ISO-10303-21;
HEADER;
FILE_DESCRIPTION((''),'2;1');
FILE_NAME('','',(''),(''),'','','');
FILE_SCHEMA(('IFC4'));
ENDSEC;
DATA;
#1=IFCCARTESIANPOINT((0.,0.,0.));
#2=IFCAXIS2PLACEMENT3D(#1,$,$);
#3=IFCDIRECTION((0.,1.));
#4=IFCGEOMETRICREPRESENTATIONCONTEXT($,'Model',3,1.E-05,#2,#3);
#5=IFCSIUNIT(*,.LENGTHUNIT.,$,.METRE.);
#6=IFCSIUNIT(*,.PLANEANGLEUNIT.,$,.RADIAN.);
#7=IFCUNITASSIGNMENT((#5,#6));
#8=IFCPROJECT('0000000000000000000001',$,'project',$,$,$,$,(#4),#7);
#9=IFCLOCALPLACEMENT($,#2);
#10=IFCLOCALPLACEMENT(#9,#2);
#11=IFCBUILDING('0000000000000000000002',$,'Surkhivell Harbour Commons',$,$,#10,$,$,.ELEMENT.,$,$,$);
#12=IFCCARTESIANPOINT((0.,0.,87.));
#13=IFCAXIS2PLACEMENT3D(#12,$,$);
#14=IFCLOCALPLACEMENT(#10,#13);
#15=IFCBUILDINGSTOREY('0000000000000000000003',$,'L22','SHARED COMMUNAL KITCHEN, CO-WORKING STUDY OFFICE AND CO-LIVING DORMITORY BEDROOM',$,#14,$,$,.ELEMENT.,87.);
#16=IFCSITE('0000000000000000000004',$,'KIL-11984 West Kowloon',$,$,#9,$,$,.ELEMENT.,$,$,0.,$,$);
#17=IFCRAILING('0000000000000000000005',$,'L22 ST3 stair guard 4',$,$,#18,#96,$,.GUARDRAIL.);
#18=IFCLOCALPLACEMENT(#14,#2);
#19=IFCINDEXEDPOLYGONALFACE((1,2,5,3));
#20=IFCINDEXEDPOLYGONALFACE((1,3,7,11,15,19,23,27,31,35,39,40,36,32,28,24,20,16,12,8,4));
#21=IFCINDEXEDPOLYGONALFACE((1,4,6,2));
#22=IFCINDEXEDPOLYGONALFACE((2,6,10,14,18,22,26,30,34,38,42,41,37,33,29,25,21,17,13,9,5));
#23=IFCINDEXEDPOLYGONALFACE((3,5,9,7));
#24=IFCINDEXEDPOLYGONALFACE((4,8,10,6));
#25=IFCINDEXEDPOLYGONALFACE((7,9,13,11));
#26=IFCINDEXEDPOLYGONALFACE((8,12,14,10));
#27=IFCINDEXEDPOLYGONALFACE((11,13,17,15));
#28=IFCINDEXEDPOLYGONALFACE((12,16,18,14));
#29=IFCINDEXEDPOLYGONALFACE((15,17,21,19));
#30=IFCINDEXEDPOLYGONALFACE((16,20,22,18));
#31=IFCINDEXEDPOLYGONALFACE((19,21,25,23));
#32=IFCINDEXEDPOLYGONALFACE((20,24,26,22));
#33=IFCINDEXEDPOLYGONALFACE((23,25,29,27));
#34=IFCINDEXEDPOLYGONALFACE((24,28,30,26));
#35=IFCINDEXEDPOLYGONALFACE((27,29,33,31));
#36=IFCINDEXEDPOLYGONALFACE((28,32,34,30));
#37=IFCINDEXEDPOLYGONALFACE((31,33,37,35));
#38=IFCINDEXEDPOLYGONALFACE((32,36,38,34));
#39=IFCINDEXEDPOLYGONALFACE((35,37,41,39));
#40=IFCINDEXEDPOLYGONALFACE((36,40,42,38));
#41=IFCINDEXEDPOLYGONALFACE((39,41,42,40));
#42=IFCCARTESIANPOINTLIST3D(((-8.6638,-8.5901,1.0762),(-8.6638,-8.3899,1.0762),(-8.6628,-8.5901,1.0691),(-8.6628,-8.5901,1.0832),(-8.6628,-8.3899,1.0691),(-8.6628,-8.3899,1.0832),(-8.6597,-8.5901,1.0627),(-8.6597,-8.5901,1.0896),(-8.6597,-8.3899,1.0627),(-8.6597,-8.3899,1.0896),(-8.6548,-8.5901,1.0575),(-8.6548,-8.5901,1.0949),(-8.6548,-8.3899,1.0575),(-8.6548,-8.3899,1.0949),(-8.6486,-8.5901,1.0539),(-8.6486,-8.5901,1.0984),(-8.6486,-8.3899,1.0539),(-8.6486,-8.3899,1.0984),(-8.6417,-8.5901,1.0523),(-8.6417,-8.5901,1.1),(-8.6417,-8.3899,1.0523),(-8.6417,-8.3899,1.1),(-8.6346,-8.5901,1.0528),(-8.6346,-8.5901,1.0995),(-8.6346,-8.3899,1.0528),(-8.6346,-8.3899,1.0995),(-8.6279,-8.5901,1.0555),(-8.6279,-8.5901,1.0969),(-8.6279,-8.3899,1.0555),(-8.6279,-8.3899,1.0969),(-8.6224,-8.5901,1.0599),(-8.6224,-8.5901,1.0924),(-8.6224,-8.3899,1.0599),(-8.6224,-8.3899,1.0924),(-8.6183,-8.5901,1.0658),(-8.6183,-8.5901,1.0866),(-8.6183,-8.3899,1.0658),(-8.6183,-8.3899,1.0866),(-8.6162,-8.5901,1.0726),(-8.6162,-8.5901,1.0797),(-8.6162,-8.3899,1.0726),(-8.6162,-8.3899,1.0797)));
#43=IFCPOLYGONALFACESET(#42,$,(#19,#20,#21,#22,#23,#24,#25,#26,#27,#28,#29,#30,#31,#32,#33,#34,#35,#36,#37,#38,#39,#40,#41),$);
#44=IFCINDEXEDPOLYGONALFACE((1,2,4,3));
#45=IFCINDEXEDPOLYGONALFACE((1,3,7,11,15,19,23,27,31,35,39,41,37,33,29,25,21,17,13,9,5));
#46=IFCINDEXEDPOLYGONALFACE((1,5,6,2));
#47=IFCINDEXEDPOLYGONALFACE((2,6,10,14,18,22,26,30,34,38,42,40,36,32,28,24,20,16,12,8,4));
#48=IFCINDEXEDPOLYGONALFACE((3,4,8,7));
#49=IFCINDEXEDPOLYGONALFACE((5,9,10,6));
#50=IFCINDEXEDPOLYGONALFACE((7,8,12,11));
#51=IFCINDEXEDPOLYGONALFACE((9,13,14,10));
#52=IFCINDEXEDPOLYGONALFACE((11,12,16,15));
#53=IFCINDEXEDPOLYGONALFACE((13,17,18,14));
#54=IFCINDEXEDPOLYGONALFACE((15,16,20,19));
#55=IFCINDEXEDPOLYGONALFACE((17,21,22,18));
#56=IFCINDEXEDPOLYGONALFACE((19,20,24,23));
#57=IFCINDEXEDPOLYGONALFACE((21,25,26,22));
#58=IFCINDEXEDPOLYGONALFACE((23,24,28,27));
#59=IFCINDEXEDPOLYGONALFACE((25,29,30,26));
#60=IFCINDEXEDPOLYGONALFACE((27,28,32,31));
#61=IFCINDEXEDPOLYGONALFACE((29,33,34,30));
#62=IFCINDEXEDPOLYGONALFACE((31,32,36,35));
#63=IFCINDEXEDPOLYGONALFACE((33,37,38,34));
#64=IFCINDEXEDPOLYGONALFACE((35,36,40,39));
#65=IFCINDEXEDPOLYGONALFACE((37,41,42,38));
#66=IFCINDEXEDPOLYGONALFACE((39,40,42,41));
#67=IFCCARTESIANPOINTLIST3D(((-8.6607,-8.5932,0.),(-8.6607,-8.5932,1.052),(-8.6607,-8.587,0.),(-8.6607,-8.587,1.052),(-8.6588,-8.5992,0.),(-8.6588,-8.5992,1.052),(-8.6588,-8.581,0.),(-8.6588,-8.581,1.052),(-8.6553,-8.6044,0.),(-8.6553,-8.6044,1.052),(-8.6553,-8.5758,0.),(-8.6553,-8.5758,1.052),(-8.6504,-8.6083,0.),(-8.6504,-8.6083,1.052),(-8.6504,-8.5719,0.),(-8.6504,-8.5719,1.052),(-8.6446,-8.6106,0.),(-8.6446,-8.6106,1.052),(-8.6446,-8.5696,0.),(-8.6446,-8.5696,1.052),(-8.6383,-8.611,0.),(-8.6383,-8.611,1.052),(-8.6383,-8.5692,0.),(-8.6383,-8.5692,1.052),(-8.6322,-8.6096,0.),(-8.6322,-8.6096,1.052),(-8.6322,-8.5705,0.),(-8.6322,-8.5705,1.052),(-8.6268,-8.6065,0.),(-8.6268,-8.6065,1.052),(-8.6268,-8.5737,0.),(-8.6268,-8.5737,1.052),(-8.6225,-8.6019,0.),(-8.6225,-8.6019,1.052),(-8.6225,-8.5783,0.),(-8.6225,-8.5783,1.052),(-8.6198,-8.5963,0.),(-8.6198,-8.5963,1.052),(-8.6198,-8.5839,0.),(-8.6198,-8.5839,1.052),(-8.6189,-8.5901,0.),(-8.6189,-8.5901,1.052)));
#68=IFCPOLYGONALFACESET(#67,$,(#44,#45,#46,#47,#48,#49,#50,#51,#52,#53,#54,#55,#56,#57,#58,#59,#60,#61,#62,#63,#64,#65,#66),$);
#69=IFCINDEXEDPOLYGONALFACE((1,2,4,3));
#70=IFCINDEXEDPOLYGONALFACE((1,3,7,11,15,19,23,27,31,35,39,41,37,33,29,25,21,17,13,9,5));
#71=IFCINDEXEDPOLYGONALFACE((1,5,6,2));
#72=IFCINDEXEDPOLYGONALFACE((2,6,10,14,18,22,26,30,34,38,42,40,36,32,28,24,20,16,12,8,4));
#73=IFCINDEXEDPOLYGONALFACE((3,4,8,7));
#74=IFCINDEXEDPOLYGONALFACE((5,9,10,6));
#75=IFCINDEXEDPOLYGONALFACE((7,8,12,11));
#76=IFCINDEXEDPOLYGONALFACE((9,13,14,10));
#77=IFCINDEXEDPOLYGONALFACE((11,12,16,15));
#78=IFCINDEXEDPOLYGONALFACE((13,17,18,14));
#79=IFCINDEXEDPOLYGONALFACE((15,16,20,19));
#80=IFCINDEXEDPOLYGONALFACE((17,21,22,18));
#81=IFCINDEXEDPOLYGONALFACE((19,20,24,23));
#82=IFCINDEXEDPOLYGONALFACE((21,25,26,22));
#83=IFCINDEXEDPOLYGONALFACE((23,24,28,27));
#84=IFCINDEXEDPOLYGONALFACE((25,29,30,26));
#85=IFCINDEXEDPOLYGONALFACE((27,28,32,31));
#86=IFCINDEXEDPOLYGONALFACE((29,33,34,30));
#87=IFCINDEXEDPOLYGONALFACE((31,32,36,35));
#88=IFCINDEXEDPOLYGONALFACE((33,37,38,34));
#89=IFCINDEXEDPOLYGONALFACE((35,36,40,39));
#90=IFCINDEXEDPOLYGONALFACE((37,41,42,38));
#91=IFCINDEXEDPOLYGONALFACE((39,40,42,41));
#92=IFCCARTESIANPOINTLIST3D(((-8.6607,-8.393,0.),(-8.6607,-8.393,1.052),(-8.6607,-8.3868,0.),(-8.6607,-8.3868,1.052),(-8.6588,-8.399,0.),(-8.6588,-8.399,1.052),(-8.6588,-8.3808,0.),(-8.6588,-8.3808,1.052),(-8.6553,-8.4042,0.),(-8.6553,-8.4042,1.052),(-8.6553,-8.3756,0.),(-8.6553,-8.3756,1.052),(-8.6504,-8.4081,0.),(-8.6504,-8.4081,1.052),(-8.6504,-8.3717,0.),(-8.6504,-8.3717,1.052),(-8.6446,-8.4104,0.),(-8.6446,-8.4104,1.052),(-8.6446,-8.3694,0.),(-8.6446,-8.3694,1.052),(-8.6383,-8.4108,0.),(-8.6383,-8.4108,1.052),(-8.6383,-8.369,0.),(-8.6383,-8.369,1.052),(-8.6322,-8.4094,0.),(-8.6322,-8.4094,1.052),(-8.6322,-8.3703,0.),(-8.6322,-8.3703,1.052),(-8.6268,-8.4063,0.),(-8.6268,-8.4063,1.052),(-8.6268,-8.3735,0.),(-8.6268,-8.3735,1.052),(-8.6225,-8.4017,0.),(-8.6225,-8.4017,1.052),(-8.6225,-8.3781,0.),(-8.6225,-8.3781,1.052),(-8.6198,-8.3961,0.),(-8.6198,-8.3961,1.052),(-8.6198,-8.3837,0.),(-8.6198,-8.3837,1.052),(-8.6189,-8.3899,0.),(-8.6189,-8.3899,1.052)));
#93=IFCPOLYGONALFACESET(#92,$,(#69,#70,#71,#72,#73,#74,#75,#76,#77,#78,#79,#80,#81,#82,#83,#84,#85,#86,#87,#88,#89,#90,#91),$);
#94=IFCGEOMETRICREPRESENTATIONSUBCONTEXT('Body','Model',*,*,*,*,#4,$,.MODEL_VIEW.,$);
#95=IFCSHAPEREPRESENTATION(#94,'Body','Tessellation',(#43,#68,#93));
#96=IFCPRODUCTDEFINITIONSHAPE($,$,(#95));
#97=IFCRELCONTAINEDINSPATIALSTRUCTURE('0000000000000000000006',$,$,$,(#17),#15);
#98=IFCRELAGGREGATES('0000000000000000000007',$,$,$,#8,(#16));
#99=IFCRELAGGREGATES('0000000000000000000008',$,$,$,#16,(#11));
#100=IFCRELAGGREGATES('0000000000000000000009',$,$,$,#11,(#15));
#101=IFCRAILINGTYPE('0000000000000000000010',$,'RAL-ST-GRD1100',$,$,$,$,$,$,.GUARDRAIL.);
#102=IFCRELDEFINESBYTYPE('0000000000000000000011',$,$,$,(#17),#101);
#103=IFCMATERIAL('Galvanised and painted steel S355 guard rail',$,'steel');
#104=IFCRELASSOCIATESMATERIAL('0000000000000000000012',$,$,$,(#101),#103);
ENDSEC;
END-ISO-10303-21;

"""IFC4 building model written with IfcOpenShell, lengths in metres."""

from ifc_helpers import new_model, si_unit, direction, frame, origin, origin_2d, place, context, subcontext, project, spatial, circle, extrude, material, type_object, element, save


model = new_model("IFC4")

# Units and contexts
model_context = context("Model", 3, precision=1e-05, world=origin(), true_north=direction((0.0, 1.0)))
body_context = subcontext(model_context, "Body", "Model", "MODEL_VIEW")
ifc_project = project(units=[si_unit("LENGTHUNIT", "METRE"), si_unit("PLANEANGLEUNIT", "RADIAN")], contexts=[model_context])

# Site, building, storey
site_placement = place(None, origin())
site = spatial("IfcSite", under=ifc_project, at=site_placement, Name="KIL-11984 West Kowloon", CompositionType="ELEMENT", RefElevation=0.0)
building_placement = place(site_placement, origin())
building = spatial("IfcBuilding", under=site, at=building_placement, Name="Surkhivell Harbour Commons", CompositionType="ELEMENT")
storey_placement = place(building_placement, frame((0.0, 0.0, 87.0)))
storey = spatial("IfcBuildingStorey", under=building, at=storey_placement, Name="L22", Description="SHARED COMMUNAL KITCHEN, CO-WORKING STUDY OFFICE AND CO-LIVING DORMITORY BEDROOM", CompositionType="ELEMENT", Elevation=87.0)

# Railing
ifc_material_1 = material(Name="Galvanised and painted steel S355 guard rail", Category="steel")
railing_type_1 = type_object("IfcRailingType", Name="RAL-ST-GRD1100", PredefinedType="GUARDRAIL", material=ifc_material_1)
railing_1_placement = place(storey_placement, frame((-8.6399, -8.5901, 0.0)))
element("IfcRailing", 1, at=railing_1_placement, inside=storey, type_object=railing_type_1, Name="L22 ST3 stair guard 4", PredefinedType="GUARDRAIL", context=body_context, shape_type="SweptSolid", body=[
    extrude(circle(Radius=0.0239, at=origin_2d()), frame((0.0, 0.0, 1.0762), z_axis=(0.0, 1.0, 0.0), x_axis=(-1.0, 0.0, 0.0)), (0.0, 0.0, 1.0), 0.2002),
    extrude(circle(Radius=0.021, at=origin_2d()), origin(), (0.0, 0.0, 1.0), 1.052),
    extrude(circle(Radius=0.021, at=origin_2d()), frame((0.0, 0.2002, 0.0)), (0.0, 0.0, 1.0), 1.052),
])

save(model, "model.ifc")
